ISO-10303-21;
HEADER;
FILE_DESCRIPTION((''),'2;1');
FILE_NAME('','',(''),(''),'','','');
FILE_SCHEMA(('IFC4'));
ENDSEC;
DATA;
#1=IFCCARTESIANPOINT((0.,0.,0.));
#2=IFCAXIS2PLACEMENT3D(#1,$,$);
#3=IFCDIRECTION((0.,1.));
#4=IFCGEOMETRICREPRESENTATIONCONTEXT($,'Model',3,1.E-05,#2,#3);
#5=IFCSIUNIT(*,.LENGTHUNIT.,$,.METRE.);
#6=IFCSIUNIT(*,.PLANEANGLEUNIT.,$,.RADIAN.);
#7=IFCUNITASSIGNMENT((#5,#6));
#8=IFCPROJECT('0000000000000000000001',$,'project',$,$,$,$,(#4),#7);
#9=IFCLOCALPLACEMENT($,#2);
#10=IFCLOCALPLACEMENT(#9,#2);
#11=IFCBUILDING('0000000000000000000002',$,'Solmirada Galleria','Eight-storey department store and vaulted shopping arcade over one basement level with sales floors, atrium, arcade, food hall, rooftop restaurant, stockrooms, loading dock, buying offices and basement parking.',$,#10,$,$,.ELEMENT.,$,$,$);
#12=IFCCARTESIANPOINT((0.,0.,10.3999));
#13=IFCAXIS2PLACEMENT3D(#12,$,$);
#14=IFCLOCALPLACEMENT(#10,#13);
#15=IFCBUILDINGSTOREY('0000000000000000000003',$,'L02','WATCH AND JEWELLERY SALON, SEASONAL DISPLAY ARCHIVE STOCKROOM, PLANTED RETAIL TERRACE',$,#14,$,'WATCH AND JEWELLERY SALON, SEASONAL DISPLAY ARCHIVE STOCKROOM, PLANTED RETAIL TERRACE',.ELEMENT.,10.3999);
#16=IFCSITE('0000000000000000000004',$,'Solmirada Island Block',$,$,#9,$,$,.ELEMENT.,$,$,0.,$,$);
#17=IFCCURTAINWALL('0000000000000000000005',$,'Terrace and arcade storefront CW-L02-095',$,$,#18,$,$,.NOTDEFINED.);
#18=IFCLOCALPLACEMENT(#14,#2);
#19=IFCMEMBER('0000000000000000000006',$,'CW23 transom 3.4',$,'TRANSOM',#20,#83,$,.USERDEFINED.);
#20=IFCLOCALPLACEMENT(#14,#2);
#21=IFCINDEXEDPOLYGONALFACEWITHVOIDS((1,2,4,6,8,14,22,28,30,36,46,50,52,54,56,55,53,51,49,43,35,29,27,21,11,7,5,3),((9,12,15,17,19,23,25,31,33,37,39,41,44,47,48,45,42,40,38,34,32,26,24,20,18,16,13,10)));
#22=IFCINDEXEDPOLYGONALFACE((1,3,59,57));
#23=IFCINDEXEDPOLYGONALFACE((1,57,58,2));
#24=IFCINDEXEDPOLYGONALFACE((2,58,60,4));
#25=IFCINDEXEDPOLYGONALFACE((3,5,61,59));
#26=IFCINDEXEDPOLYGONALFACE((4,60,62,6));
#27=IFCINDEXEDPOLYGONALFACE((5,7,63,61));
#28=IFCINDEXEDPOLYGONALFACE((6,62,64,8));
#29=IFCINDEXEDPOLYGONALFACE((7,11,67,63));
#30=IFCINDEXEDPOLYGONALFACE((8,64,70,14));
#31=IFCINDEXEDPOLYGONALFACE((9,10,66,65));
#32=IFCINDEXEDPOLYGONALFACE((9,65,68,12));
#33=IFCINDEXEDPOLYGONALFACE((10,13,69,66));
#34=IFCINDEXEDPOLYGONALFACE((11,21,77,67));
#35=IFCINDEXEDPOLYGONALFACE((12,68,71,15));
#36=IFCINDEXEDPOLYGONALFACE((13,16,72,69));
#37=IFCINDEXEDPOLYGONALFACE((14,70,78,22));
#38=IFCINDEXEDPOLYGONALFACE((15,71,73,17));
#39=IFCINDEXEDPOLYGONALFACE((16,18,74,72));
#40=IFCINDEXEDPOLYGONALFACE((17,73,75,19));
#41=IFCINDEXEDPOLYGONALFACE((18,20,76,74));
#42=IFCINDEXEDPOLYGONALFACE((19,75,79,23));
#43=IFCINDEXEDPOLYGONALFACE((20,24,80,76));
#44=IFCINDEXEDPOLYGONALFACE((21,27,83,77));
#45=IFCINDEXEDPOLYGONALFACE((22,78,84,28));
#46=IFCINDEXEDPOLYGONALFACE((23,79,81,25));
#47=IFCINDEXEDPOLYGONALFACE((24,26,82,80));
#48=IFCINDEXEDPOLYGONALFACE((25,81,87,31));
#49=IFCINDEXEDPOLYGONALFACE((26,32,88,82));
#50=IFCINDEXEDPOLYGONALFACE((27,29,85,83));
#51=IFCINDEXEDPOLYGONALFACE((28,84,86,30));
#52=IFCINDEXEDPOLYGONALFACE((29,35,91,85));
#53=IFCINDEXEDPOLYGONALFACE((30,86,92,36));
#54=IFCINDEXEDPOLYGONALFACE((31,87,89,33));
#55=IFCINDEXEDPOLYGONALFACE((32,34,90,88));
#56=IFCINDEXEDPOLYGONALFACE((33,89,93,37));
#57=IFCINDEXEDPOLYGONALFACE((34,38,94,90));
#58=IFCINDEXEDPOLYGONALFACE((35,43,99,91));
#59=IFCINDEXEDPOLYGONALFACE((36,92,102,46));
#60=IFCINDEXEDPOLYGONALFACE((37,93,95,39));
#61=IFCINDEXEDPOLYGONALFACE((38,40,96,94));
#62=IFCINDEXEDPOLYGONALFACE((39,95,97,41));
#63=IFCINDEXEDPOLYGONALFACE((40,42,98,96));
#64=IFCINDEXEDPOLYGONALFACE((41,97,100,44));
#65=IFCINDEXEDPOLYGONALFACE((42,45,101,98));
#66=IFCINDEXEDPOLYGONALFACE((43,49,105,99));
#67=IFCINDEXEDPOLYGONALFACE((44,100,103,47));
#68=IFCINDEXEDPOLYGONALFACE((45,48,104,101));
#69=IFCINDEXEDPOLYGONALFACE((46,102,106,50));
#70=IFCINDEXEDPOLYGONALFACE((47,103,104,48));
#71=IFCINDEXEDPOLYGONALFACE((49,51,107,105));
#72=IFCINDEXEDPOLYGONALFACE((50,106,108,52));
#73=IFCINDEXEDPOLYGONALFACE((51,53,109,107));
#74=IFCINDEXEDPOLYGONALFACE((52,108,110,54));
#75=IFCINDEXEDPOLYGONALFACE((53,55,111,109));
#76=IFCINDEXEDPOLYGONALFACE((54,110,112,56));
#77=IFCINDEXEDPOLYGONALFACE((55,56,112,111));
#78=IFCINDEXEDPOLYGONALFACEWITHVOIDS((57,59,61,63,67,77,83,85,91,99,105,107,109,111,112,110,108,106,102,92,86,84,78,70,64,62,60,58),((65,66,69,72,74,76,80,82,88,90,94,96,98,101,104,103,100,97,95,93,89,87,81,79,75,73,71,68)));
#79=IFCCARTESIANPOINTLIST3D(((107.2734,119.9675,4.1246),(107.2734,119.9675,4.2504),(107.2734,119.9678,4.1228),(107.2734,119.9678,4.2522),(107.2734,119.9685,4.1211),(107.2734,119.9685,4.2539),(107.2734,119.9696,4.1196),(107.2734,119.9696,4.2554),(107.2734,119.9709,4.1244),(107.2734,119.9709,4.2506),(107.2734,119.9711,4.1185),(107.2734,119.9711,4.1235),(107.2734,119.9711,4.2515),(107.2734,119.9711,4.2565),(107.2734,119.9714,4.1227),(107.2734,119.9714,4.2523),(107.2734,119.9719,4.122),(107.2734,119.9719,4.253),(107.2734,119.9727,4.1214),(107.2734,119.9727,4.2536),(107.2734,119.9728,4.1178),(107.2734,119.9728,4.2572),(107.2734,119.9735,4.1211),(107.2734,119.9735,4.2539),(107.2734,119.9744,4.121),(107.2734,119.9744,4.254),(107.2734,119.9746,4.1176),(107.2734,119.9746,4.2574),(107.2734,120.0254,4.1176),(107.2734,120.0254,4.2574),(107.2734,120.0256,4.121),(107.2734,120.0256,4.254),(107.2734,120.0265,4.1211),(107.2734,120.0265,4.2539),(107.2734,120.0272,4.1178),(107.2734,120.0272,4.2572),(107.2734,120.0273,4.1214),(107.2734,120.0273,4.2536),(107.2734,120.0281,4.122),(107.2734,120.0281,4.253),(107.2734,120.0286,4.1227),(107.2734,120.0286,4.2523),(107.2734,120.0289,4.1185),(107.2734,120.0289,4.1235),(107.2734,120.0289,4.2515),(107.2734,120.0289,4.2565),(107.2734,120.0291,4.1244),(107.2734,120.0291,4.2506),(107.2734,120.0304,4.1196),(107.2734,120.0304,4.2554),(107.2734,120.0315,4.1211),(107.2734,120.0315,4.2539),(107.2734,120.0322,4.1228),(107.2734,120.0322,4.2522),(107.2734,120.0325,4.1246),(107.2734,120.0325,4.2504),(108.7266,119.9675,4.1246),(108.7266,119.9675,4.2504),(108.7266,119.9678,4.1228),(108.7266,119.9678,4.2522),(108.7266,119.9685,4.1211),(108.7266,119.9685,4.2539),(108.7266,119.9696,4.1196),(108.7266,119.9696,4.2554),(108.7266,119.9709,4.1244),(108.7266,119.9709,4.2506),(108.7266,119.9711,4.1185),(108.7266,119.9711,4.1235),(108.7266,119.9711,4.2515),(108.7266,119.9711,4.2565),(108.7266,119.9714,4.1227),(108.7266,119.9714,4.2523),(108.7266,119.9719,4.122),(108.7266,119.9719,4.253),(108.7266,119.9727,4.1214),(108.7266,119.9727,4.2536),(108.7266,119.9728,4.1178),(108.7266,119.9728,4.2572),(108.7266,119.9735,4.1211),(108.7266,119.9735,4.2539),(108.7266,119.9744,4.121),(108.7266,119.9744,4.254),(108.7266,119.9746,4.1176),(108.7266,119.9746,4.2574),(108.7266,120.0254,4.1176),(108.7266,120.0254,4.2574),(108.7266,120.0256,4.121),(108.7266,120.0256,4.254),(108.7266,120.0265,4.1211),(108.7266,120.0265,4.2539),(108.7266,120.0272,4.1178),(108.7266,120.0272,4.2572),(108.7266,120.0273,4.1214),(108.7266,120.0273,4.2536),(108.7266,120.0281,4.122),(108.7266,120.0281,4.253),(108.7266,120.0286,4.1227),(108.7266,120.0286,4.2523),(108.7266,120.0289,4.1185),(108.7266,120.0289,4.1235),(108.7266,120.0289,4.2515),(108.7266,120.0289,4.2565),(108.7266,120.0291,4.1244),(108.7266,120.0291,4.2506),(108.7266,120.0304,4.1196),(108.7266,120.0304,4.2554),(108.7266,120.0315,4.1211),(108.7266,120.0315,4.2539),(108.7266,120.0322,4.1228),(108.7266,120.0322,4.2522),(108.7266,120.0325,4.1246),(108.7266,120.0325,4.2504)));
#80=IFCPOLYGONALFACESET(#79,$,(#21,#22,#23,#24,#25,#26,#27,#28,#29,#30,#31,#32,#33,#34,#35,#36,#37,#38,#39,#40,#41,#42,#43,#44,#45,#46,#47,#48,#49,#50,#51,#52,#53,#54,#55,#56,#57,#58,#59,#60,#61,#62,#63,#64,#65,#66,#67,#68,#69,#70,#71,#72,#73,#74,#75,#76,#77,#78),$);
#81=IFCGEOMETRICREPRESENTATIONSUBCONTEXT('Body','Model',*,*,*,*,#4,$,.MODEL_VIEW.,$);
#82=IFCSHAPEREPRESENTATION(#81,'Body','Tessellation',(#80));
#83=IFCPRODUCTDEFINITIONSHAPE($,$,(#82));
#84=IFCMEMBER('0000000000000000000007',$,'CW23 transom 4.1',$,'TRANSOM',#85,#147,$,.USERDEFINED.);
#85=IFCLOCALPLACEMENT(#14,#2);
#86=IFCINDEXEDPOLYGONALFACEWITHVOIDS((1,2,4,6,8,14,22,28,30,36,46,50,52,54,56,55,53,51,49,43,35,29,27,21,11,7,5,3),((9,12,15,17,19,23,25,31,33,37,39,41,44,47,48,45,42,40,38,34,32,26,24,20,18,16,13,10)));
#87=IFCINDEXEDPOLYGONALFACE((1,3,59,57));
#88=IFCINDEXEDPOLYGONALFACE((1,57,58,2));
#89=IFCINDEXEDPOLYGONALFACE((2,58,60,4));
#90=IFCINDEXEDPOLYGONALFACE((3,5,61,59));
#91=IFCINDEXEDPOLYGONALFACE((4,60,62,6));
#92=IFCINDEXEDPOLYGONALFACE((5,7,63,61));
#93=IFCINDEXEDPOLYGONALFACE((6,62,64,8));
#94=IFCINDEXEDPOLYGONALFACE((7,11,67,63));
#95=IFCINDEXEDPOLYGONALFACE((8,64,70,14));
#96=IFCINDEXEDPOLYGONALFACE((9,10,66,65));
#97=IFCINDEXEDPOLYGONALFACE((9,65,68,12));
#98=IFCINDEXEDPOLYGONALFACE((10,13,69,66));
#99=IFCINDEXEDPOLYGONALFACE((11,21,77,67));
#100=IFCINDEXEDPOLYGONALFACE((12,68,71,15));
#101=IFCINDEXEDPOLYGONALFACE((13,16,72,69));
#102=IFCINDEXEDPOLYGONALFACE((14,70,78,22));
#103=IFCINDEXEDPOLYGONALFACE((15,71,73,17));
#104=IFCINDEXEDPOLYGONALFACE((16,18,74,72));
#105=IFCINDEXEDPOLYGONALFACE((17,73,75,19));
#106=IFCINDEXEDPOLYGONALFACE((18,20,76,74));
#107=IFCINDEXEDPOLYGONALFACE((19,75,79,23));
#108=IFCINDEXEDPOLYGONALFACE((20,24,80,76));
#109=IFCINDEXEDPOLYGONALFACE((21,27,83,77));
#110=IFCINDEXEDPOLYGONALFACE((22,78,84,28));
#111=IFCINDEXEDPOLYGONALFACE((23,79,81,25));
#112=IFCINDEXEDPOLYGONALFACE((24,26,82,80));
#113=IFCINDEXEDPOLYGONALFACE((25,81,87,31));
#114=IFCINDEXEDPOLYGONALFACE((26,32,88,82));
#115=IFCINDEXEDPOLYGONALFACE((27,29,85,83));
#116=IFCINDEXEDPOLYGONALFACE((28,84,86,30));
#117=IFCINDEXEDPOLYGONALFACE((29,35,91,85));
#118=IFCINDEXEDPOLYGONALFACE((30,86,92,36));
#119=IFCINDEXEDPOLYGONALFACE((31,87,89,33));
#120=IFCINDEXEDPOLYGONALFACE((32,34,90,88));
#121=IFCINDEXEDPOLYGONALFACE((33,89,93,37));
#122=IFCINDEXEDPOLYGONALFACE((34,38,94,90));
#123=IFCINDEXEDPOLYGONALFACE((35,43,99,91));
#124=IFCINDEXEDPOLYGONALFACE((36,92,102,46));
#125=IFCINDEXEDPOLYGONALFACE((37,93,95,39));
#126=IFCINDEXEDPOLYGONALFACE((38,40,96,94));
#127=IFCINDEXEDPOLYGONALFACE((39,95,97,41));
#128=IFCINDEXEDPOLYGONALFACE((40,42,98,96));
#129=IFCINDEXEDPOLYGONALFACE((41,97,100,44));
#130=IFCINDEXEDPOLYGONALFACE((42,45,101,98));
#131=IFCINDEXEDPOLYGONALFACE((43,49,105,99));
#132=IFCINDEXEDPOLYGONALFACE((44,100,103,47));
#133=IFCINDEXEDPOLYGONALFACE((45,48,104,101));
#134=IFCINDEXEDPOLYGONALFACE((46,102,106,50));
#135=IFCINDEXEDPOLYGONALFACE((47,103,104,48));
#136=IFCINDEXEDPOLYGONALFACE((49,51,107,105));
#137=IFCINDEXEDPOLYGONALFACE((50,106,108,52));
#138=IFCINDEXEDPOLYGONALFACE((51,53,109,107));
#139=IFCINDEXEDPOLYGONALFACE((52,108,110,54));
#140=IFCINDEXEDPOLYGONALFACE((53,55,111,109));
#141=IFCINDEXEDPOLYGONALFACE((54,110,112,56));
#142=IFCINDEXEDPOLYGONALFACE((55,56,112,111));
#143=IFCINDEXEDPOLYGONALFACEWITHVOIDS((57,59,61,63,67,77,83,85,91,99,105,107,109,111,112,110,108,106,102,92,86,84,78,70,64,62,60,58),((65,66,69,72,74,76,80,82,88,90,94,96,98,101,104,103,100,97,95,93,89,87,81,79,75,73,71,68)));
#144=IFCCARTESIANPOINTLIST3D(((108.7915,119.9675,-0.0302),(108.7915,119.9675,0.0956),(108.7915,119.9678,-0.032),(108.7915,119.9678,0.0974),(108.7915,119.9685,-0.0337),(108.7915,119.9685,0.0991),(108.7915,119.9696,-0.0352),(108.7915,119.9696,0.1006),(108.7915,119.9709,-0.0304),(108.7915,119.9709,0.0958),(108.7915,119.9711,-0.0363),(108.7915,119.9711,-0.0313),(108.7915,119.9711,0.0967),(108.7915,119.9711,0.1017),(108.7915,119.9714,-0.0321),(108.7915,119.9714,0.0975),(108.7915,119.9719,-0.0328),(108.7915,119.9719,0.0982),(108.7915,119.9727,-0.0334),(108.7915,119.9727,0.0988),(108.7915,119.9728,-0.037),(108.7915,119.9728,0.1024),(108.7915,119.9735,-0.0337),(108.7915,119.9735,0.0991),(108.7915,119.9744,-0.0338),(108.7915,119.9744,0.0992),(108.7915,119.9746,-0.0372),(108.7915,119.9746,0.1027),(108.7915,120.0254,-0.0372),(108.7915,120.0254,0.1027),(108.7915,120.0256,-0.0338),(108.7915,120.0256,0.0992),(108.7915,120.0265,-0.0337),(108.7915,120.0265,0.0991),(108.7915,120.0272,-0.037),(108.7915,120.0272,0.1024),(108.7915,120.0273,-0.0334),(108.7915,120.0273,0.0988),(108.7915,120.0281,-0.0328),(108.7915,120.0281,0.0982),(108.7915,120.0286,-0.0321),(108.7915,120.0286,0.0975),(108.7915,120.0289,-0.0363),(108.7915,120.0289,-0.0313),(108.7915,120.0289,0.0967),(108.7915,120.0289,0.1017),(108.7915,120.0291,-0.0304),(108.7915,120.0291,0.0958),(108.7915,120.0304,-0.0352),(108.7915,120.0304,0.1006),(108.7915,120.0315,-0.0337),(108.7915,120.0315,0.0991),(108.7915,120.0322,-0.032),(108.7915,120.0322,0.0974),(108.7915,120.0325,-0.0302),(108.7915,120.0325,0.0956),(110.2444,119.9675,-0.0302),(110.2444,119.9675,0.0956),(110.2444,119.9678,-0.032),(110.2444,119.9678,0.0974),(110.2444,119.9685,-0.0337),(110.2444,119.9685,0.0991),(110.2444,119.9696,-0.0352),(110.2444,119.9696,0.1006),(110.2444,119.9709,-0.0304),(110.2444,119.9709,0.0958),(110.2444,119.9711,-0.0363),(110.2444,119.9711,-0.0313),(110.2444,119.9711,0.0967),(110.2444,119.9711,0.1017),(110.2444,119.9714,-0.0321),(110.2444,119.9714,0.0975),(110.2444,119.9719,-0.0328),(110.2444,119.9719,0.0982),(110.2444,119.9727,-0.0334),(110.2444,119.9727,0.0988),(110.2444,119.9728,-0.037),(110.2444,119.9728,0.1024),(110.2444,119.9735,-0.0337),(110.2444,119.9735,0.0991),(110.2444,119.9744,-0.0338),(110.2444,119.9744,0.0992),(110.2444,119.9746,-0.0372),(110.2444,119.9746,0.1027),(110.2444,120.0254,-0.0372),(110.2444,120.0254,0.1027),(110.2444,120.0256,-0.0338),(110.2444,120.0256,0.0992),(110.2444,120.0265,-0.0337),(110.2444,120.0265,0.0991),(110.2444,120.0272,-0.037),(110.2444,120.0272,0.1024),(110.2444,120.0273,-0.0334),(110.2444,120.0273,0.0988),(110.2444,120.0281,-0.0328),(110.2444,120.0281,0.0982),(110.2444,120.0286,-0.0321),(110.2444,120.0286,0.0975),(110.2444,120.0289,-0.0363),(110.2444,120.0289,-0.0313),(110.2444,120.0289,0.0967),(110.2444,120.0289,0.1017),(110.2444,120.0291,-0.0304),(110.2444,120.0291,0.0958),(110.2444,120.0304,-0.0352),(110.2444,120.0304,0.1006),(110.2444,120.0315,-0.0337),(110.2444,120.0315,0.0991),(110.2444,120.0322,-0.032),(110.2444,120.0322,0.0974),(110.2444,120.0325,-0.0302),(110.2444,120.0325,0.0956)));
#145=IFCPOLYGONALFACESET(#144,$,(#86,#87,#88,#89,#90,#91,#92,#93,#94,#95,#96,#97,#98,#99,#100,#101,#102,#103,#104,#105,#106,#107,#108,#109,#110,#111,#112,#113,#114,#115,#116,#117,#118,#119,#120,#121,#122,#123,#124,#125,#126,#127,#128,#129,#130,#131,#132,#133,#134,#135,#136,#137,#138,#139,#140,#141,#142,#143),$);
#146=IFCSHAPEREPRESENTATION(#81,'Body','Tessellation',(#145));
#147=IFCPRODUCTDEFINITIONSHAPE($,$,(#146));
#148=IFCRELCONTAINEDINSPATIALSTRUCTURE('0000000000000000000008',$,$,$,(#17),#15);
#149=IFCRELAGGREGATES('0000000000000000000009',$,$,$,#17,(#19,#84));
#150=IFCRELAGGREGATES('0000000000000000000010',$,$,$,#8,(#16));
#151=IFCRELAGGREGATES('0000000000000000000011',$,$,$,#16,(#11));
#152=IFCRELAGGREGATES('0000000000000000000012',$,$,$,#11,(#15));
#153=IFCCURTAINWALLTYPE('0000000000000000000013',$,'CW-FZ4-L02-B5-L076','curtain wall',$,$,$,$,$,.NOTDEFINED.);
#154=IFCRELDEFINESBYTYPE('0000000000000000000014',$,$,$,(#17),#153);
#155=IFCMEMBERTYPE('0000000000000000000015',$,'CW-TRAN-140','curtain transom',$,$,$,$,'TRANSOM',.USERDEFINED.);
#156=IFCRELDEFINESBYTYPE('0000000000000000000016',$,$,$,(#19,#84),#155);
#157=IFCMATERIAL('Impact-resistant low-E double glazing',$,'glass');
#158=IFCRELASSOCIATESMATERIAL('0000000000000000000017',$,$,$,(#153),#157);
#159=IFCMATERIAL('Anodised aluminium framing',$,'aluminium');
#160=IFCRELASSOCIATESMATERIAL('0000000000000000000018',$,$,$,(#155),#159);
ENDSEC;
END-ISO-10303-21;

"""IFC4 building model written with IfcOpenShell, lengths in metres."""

from ifc_helpers import new_model, si_unit, direction, frame, origin, origin_2d, place, context, subcontext, project, spatial, hollow_rectangle, extrude, material, material_profile, profile_set, type_object, element, aggregate, save


model = new_model("IFC4")

# Units and contexts
model_context = context("Model", 3, precision=1e-05, world=origin(), true_north=direction((0.0, 1.0)))
body_context = subcontext(model_context, "Body", "Model", "MODEL_VIEW")
ifc_project = project(units=[si_unit("LENGTHUNIT", "METRE"), si_unit("PLANEANGLEUNIT", "RADIAN")], contexts=[model_context])

# Site, building, storey
site_placement = place(None, origin())
site = spatial("IfcSite", under=ifc_project, at=site_placement, Name="Solmirada Island Block", CompositionType="ELEMENT", RefElevation=0.0)
building_placement = place(site_placement, origin())
building = spatial("IfcBuilding", under=site, at=building_placement, Name="Solmirada Galleria", Description="Eight-storey department store and vaulted shopping arcade over one basement level with sales floors, atrium, arcade, food hall, rooftop restaurant, stockrooms, loading dock, buying offices and basement parking.", CompositionType="ELEMENT")
storey_placement = place(building_placement, frame((0.0, 0.0, 10.3999)))
storey = spatial("IfcBuildingStorey", under=building, at=storey_placement, Name="L02", Description="WATCH AND JEWELLERY SALON, SEASONAL DISPLAY ARCHIVE STOCKROOM, PLANTED RETAIL TERRACE", LongName="WATCH AND JEWELLERY SALON, SEASONAL DISPLAY ARCHIVE STOCKROOM, PLANTED RETAIL TERRACE", CompositionType="ELEMENT", Elevation=10.3999)

# Curtain wall, members
ifc_material_1 = material(Name="Impact-resistant low-E double glazing", Category="glass")
curtain_wall_type = type_object("IfcCurtainWallType", Name="CW-FZ4-L02-B5-L076", Description="curtain wall", PredefinedType="NOTDEFINED", material=ifc_material_1)
curtain_wall_placement = place(storey_placement, origin())
curtain_wall = element("IfcCurtainWall", 1, at=curtain_wall_placement, inside=storey, type_object=curtain_wall_type, Name="Terrace and arcade storefront CW-L02-095", PredefinedType="NOTDEFINED")
ifc_material_2 = material(Name="Anodised aluminium framing", Category="aluminium")
ifc_material_profile_1 = material_profile(ifc_material_2, hollow_rectangle(XDim=0.0649, YDim=0.1399, WallThickness=0.0034, InnerFilletRadius=0.0034, OuterFilletRadius=0.0071, at=origin_2d()), Name="ALU-TRAN-140X65")
ifc_profile_set_1 = profile_set([ifc_material_profile_1], Name="Anodised aluminium framing")
member_type_1 = type_object("IfcMemberType", Name="CW-TRAN-140", Description="curtain transom", ElementType="TRANSOM", PredefinedType="USERDEFINED", material=ifc_profile_set_1)
member_1_placement = place(storey_placement, frame((107.2734, 120.0, 4.1875), z_axis=(1.0, 0.0, 0.0), x_axis=(0.0, 1.0, 0.0)))
member_1 = element("IfcMember", 2, at=member_1_placement, type_object=member_type_1, Name="CW23 transom 3.4", ObjectType="TRANSOM", PredefinedType="USERDEFINED", context=body_context, shape_type="SweptSolid", body=[
    extrude(hollow_rectangle(XDim=0.0649, YDim=0.1399, WallThickness=0.0034, InnerFilletRadius=0.0034, OuterFilletRadius=0.0071, at=origin_2d()), origin(), (0.0, 0.0, 1.0), 1.4531),
])
member_2_placement = place(storey_placement, frame((108.7915, 120.0, 0.0327), z_axis=(1.0, 0.0, 0.0), x_axis=(0.0, 1.0, 0.0)))
member_2 = element("IfcMember", 3, at=member_2_placement, type_object=member_type_1, Name="CW23 transom 4.1", ObjectType="TRANSOM", PredefinedType="USERDEFINED", context=body_context, shape_type="SweptSolid", body=[
    extrude(hollow_rectangle(XDim=0.0649, YDim=0.1399, WallThickness=0.0034, InnerFilletRadius=0.0034, OuterFilletRadius=0.0071, at=origin_2d()), origin(), (0.0, 0.0, 1.0), 1.4529),
])
aggregate(curtain_wall, [member_1, member_2])

save(model, "model.ifc")
